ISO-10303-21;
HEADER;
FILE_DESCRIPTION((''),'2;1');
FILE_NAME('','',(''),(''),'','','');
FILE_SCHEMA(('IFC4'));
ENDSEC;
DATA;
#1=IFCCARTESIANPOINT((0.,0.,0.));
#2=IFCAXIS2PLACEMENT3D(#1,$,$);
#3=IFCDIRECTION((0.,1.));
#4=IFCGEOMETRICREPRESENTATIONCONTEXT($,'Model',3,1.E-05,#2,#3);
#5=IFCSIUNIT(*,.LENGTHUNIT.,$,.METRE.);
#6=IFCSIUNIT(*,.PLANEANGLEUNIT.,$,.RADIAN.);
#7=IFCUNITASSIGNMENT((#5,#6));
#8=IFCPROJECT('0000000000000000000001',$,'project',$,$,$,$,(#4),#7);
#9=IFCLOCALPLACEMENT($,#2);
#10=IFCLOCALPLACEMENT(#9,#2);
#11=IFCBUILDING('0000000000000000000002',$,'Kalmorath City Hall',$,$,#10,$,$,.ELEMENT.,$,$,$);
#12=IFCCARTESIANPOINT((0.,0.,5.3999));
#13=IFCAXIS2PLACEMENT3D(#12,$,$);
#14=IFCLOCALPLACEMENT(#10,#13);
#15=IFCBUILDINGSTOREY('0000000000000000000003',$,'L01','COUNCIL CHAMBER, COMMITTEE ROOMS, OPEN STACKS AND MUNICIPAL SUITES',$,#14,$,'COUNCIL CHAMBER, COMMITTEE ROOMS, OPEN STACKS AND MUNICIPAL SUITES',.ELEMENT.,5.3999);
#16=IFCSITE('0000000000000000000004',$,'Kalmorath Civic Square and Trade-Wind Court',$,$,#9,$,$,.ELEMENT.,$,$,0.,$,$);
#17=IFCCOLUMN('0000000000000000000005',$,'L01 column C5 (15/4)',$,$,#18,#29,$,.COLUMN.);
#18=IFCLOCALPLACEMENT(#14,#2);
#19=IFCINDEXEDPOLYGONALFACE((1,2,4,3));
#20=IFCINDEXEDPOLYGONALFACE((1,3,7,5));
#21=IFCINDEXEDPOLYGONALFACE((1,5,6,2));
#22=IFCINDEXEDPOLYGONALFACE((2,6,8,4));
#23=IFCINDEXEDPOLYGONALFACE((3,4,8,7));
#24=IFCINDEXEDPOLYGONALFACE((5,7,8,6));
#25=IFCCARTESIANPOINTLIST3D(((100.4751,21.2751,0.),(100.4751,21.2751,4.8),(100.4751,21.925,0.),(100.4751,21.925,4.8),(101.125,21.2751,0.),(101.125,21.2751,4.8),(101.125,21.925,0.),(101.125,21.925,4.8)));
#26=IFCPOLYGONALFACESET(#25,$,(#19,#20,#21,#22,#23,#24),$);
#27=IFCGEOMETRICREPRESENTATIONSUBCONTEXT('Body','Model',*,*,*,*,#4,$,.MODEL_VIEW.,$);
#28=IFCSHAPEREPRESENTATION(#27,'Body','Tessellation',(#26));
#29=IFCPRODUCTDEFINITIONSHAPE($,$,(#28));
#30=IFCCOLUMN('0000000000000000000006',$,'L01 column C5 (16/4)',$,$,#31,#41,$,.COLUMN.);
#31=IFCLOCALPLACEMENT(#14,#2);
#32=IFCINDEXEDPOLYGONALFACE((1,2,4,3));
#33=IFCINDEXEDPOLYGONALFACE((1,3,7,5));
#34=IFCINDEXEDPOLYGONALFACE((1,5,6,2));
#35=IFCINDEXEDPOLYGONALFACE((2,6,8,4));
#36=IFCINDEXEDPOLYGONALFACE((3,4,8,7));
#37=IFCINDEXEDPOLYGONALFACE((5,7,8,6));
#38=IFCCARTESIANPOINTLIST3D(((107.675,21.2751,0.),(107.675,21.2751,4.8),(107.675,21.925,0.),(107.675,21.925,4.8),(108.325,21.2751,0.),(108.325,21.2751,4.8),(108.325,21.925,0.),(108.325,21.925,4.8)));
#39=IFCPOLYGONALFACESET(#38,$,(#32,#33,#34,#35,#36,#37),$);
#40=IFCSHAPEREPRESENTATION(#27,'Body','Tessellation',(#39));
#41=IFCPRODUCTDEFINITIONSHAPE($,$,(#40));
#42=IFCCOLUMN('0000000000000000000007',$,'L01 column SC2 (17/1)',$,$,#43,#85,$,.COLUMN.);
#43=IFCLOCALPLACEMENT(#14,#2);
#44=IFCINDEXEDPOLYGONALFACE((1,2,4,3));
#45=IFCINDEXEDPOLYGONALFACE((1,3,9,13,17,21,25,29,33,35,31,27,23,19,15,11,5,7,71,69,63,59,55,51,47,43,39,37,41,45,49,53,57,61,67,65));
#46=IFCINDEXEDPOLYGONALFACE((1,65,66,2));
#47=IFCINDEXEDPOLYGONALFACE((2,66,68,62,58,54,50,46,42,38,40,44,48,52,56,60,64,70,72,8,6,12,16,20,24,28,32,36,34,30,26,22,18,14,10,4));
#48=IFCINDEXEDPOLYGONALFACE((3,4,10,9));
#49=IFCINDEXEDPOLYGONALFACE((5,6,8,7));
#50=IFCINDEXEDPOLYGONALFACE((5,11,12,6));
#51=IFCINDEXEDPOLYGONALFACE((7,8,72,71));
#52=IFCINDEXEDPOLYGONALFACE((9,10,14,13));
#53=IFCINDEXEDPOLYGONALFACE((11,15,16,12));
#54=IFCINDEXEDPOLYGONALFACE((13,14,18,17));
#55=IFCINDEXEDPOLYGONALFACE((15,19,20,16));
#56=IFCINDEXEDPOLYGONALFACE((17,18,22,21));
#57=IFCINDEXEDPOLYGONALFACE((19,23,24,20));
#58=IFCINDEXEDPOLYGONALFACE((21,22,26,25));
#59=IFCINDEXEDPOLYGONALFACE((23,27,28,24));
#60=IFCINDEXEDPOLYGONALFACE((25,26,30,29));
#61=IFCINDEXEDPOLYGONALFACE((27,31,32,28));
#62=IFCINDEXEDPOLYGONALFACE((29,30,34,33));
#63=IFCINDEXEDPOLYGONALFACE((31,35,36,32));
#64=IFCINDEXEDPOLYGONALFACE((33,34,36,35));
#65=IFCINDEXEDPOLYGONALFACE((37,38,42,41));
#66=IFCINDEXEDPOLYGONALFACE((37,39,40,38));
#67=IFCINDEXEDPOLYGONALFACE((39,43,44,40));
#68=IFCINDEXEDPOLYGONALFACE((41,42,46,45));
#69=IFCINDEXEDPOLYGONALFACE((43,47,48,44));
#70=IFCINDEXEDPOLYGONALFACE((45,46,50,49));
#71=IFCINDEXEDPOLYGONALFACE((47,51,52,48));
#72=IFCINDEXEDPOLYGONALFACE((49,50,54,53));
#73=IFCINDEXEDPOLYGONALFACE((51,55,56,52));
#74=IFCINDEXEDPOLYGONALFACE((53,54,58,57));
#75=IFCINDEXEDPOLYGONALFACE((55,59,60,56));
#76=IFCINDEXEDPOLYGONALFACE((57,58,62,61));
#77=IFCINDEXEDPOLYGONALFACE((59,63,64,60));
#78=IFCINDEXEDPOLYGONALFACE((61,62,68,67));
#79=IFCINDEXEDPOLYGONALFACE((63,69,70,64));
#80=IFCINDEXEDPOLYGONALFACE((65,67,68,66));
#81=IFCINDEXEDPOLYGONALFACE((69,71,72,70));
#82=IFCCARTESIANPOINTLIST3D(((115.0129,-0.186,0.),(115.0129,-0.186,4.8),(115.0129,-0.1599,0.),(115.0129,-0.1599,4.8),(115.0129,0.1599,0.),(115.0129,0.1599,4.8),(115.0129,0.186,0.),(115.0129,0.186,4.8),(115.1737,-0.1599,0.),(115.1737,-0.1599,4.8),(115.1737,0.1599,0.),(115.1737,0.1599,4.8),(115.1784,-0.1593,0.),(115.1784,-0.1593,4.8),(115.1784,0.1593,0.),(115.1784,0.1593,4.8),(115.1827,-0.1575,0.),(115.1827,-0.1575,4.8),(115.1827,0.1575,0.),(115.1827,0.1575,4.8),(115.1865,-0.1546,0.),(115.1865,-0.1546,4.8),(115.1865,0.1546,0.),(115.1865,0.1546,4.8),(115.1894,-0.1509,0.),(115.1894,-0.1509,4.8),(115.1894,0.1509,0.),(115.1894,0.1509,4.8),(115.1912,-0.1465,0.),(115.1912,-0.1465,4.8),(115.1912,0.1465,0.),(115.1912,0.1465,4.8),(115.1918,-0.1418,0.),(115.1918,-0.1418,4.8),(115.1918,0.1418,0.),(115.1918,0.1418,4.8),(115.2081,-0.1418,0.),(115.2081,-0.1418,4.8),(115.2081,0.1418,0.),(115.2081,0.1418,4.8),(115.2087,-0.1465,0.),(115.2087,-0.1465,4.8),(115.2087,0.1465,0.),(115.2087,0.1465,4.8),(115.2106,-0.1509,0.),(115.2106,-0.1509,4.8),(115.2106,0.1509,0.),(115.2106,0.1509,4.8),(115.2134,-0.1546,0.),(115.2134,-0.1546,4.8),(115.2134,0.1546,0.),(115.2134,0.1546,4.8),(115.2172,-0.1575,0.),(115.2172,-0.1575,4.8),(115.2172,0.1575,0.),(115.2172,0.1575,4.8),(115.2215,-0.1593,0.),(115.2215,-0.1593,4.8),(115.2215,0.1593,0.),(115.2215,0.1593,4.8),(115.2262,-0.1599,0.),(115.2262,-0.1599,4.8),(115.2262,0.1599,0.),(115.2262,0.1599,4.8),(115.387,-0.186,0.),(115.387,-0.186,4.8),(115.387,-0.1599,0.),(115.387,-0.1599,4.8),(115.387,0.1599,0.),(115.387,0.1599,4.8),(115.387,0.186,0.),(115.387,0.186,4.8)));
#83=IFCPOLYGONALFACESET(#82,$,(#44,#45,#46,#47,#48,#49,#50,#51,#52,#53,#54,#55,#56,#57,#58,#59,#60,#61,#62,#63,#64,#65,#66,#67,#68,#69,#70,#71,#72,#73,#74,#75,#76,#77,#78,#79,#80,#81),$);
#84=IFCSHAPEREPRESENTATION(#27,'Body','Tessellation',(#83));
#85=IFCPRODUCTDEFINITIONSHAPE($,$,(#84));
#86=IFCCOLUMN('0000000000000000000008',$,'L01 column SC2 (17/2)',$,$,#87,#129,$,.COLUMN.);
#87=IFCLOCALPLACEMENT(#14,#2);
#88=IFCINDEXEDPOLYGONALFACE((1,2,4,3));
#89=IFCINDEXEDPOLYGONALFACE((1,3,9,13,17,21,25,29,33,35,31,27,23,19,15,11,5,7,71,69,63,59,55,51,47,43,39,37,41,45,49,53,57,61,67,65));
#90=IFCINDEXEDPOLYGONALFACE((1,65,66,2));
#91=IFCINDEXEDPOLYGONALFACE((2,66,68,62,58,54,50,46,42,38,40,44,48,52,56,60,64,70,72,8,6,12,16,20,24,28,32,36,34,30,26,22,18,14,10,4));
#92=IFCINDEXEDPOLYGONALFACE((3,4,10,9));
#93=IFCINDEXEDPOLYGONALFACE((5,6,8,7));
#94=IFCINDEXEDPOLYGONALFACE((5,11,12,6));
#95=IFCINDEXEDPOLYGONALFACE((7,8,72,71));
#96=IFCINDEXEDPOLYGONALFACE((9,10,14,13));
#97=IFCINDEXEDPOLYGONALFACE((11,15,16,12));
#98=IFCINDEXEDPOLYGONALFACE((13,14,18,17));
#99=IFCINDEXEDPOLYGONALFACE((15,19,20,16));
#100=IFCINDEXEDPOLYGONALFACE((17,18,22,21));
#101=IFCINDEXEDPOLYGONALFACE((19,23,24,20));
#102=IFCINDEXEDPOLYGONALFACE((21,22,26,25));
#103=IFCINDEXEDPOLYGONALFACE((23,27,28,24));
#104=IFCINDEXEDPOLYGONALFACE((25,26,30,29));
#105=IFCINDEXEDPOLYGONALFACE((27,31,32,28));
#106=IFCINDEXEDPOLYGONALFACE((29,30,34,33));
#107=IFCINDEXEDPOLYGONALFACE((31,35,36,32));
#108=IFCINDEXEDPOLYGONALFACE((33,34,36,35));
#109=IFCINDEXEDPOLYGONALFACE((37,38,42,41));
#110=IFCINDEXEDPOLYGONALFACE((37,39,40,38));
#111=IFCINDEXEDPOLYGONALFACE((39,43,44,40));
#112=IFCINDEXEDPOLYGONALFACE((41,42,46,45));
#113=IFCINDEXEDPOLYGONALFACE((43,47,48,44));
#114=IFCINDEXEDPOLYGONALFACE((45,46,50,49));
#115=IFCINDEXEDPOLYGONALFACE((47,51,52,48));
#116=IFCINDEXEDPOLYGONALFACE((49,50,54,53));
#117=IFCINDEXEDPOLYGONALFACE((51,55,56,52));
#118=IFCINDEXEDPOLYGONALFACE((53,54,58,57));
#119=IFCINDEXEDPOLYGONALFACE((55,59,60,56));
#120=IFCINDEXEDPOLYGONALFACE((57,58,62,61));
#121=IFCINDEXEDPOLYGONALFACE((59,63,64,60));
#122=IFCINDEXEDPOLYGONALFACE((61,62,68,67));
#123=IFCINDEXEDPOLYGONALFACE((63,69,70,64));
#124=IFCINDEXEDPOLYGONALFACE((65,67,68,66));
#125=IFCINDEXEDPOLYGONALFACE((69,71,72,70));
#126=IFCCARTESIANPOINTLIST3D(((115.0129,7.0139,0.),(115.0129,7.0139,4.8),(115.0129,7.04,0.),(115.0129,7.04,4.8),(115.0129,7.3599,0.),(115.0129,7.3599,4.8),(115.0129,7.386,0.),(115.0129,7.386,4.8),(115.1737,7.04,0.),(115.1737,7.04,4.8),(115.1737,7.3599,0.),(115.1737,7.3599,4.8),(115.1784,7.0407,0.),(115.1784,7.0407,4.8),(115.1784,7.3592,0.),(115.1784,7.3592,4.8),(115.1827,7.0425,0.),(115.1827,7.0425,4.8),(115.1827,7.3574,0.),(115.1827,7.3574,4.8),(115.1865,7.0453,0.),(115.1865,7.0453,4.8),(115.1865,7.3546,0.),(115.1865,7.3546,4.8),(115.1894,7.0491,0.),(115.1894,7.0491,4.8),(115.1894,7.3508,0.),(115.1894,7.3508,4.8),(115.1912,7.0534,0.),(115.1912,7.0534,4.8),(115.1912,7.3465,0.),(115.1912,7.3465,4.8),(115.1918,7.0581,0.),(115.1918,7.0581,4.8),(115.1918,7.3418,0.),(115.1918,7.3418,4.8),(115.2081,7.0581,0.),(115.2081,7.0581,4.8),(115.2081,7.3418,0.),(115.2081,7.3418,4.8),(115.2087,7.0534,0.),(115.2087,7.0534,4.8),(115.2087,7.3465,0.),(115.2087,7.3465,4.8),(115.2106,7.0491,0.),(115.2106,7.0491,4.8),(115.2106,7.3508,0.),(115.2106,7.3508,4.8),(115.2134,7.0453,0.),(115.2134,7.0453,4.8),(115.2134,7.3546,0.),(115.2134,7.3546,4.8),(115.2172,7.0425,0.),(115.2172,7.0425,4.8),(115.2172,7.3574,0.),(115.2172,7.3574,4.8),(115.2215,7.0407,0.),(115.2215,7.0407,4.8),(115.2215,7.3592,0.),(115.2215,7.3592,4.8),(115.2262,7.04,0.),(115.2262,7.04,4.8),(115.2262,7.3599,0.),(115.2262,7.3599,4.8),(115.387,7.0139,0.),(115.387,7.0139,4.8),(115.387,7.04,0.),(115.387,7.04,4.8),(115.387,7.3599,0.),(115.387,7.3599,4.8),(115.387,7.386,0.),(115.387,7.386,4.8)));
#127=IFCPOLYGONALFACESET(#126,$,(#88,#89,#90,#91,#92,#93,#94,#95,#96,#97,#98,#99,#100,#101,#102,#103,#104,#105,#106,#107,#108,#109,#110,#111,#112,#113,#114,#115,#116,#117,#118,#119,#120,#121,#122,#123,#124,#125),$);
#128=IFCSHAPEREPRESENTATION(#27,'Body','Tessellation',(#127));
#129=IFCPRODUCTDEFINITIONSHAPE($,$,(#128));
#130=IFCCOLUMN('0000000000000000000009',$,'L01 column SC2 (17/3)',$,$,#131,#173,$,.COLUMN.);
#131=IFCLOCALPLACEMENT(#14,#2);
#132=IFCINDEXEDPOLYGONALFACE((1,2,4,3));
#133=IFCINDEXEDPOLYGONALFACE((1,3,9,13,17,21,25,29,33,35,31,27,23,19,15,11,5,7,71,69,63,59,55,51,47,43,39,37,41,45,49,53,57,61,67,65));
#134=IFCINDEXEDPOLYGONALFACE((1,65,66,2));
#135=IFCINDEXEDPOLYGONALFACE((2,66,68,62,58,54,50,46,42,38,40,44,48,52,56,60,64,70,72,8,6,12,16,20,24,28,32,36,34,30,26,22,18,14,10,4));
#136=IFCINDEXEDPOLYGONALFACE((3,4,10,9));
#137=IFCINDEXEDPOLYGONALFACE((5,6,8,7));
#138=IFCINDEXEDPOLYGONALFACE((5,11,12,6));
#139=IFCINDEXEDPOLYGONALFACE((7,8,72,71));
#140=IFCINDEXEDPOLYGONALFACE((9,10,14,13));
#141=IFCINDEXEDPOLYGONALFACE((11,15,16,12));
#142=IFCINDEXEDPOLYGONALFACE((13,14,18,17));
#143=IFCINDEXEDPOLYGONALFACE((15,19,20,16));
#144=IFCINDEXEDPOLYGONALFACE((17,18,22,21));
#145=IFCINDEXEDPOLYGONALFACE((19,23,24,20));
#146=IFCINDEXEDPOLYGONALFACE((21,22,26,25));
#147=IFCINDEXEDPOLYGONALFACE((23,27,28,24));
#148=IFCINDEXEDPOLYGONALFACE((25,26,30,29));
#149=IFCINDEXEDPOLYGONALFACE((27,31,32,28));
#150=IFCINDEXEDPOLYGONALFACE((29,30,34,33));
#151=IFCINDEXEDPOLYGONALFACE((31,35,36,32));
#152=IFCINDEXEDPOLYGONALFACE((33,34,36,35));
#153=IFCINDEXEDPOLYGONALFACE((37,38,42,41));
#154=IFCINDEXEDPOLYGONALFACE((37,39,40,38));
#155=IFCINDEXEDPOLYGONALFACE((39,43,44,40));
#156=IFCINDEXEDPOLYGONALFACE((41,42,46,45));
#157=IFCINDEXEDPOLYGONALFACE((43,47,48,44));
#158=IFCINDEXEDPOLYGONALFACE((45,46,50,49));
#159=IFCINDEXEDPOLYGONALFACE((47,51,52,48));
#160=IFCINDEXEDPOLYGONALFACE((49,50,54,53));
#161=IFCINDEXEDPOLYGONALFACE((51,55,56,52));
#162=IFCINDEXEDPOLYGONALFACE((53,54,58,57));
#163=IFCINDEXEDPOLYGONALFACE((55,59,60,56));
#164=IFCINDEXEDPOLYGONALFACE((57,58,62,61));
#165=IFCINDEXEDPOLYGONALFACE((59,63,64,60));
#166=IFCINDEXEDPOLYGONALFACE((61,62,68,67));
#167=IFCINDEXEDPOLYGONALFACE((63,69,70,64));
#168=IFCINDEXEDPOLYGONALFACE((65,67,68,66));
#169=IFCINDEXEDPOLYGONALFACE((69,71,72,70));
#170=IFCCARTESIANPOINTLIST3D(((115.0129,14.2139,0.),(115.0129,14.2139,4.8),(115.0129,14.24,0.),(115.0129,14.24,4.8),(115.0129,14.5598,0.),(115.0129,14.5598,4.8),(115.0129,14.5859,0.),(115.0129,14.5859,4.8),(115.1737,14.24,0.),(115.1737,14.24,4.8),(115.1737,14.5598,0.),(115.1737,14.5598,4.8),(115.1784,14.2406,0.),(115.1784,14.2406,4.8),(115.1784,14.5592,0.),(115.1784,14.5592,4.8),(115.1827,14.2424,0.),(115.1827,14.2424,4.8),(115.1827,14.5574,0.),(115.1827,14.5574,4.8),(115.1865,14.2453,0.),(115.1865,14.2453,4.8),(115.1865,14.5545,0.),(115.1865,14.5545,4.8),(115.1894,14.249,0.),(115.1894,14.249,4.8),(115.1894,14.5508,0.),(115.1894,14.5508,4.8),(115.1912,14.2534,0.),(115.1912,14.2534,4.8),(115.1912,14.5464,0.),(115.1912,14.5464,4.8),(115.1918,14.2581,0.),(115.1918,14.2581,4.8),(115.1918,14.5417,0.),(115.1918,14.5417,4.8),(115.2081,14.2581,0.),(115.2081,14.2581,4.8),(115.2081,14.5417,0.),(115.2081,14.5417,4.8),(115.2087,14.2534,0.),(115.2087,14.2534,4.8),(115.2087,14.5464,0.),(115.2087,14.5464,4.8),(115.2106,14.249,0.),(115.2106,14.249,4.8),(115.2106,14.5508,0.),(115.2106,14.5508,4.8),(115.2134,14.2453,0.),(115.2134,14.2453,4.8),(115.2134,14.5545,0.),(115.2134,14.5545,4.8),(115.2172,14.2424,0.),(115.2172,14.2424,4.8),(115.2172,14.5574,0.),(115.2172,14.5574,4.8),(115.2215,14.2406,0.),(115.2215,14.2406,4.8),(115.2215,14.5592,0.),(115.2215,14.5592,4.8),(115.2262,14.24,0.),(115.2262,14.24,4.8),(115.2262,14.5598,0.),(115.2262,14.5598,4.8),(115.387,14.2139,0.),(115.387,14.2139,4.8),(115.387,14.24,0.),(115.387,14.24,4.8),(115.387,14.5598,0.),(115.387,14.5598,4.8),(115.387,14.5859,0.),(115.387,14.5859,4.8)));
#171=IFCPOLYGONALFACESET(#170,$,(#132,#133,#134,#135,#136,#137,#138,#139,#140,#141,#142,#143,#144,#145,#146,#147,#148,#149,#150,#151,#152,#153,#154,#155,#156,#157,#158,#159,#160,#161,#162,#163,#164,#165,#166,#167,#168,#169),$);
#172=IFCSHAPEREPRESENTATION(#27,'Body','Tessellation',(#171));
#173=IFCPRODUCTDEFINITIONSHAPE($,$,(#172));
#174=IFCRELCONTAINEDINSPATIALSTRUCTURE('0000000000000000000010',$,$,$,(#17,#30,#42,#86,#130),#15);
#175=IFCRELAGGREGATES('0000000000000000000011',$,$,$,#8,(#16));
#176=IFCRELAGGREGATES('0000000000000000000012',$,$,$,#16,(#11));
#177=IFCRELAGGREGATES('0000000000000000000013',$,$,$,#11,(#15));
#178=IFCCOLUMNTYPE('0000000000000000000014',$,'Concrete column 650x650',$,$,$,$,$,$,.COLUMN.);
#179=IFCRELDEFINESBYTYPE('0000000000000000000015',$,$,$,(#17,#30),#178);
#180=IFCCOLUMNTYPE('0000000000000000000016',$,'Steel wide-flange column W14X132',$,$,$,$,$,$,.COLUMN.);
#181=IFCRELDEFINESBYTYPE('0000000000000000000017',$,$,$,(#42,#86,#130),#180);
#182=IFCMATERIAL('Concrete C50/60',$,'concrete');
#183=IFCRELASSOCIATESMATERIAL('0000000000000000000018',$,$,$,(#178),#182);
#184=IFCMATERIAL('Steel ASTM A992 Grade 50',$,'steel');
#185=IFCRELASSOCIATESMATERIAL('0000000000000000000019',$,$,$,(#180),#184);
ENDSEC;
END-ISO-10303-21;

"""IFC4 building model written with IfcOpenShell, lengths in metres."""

from ifc_helpers import new_model, si_unit, direction, frame, origin, origin_2d, place, context, subcontext, project, spatial, rectangle, i_section, extrude, material, material_profile, profile_set, type_object, element, save


model = new_model("IFC4")

# Units and contexts
model_context = context("Model", 3, precision=1e-05, world=origin(), true_north=direction((0.0, 1.0)))
body_context = subcontext(model_context, "Body", "Model", "MODEL_VIEW")
ifc_project = project(units=[si_unit("LENGTHUNIT", "METRE"), si_unit("PLANEANGLEUNIT", "RADIAN")], contexts=[model_context])

# Site, building, storey
site_placement = place(None, origin())
site = spatial("IfcSite", under=ifc_project, at=site_placement, Name="Kalmorath Civic Square and Trade-Wind Court", CompositionType="ELEMENT", RefElevation=0.0)
building_placement = place(site_placement, origin())
building = spatial("IfcBuilding", under=site, at=building_placement, Name="Kalmorath City Hall", CompositionType="ELEMENT")
storey_placement = place(building_placement, frame((0.0, 0.0, 5.3999)))
storey = spatial("IfcBuildingStorey", under=building, at=storey_placement, Name="L01", Description="COUNCIL CHAMBER, COMMITTEE ROOMS, OPEN STACKS AND MUNICIPAL SUITES", LongName="COUNCIL CHAMBER, COMMITTEE ROOMS, OPEN STACKS AND MUNICIPAL SUITES", CompositionType="ELEMENT", Elevation=5.3999)

# Columns
ifc_material_1 = material(Name="Concrete C50/60", Category="concrete")
ifc_material_profile_1 = material_profile(ifc_material_1, rectangle(XDim=0.6499, YDim=0.6499, at=origin_2d()), Name="RC-COL-650X650")
ifc_profile_set_1 = profile_set([ifc_material_profile_1], Name="Concrete C50/60")
column_type_1 = type_object("IfcColumnType", Name="Concrete column 650x650", PredefinedType="COLUMN", material=ifc_profile_set_1)
for number, where, z_axis, x_axis, name in (
    (1, (100.8, 21.6001, 0.0), (0.0, 0.0, 1.0), (1.0, 0.0, 0.0), "L01 column C5 (15/4)"),
    (2, (108.0, 21.6001, 0.0), (0.0, 0.0, 1.0), (1.0, 0.0, 0.0), "L01 column C5 (16/4)"),
):
    element("IfcColumn", number, at=place(storey_placement, frame(where, z_axis=z_axis, x_axis=x_axis)), inside=storey, type_object=column_type_1, Name=name, PredefinedType="COLUMN", context=body_context, shape_type="SweptSolid", body=[
        extrude(rectangle(XDim=0.6499, YDim=0.6499, at=origin_2d()), origin(), (0.0, 0.0, 1.0), 4.8),
    ])
ifc_material_2 = material(Name="Steel ASTM A992 Grade 50", Category="steel")
ifc_material_profile_2 = material_profile(ifc_material_2, i_section(OverallWidth=0.374, OverallDepth=0.3721, WebThickness=0.0164, FlangeThickness=0.0261, FilletRadius=0.0181, at=origin_2d()), Name="W14X132")
ifc_profile_set_2 = profile_set([ifc_material_profile_2], Name="Steel ASTM A992 Grade 50")
column_type_2 = type_object("IfcColumnType", Name="Steel wide-flange column W14X132", PredefinedType="COLUMN", material=ifc_profile_set_2)
for number, where, z_axis, x_axis, name in (
    (3, (115.2, 0.0, 0.0), (0.0, 0.0, 1.0), (1.0, 0.0, 0.0), "L01 column SC2 (17/1)"),
    (4, (115.2, 7.2, 0.0), (0.0, 0.0, 1.0), (1.0, 0.0, 0.0), "L01 column SC2 (17/2)"),
    (5, (115.2, 14.3999, 0.0), (0.0, 0.0, 1.0), (1.0, 0.0, 0.0), "L01 column SC2 (17/3)"),
):
    element("IfcColumn", number, at=place(storey_placement, frame(where, z_axis=z_axis, x_axis=x_axis)), inside=storey, type_object=column_type_2, Name=name, PredefinedType="COLUMN", context=body_context, shape_type="SweptSolid", body=[
        extrude(i_section(OverallWidth=0.374, OverallDepth=0.3721, WebThickness=0.0164, FlangeThickness=0.0261, FilletRadius=0.0181, at=origin_2d()), origin(), (0.0, 0.0, 1.0), 4.8),
    ])

save(model, "model.ifc")
